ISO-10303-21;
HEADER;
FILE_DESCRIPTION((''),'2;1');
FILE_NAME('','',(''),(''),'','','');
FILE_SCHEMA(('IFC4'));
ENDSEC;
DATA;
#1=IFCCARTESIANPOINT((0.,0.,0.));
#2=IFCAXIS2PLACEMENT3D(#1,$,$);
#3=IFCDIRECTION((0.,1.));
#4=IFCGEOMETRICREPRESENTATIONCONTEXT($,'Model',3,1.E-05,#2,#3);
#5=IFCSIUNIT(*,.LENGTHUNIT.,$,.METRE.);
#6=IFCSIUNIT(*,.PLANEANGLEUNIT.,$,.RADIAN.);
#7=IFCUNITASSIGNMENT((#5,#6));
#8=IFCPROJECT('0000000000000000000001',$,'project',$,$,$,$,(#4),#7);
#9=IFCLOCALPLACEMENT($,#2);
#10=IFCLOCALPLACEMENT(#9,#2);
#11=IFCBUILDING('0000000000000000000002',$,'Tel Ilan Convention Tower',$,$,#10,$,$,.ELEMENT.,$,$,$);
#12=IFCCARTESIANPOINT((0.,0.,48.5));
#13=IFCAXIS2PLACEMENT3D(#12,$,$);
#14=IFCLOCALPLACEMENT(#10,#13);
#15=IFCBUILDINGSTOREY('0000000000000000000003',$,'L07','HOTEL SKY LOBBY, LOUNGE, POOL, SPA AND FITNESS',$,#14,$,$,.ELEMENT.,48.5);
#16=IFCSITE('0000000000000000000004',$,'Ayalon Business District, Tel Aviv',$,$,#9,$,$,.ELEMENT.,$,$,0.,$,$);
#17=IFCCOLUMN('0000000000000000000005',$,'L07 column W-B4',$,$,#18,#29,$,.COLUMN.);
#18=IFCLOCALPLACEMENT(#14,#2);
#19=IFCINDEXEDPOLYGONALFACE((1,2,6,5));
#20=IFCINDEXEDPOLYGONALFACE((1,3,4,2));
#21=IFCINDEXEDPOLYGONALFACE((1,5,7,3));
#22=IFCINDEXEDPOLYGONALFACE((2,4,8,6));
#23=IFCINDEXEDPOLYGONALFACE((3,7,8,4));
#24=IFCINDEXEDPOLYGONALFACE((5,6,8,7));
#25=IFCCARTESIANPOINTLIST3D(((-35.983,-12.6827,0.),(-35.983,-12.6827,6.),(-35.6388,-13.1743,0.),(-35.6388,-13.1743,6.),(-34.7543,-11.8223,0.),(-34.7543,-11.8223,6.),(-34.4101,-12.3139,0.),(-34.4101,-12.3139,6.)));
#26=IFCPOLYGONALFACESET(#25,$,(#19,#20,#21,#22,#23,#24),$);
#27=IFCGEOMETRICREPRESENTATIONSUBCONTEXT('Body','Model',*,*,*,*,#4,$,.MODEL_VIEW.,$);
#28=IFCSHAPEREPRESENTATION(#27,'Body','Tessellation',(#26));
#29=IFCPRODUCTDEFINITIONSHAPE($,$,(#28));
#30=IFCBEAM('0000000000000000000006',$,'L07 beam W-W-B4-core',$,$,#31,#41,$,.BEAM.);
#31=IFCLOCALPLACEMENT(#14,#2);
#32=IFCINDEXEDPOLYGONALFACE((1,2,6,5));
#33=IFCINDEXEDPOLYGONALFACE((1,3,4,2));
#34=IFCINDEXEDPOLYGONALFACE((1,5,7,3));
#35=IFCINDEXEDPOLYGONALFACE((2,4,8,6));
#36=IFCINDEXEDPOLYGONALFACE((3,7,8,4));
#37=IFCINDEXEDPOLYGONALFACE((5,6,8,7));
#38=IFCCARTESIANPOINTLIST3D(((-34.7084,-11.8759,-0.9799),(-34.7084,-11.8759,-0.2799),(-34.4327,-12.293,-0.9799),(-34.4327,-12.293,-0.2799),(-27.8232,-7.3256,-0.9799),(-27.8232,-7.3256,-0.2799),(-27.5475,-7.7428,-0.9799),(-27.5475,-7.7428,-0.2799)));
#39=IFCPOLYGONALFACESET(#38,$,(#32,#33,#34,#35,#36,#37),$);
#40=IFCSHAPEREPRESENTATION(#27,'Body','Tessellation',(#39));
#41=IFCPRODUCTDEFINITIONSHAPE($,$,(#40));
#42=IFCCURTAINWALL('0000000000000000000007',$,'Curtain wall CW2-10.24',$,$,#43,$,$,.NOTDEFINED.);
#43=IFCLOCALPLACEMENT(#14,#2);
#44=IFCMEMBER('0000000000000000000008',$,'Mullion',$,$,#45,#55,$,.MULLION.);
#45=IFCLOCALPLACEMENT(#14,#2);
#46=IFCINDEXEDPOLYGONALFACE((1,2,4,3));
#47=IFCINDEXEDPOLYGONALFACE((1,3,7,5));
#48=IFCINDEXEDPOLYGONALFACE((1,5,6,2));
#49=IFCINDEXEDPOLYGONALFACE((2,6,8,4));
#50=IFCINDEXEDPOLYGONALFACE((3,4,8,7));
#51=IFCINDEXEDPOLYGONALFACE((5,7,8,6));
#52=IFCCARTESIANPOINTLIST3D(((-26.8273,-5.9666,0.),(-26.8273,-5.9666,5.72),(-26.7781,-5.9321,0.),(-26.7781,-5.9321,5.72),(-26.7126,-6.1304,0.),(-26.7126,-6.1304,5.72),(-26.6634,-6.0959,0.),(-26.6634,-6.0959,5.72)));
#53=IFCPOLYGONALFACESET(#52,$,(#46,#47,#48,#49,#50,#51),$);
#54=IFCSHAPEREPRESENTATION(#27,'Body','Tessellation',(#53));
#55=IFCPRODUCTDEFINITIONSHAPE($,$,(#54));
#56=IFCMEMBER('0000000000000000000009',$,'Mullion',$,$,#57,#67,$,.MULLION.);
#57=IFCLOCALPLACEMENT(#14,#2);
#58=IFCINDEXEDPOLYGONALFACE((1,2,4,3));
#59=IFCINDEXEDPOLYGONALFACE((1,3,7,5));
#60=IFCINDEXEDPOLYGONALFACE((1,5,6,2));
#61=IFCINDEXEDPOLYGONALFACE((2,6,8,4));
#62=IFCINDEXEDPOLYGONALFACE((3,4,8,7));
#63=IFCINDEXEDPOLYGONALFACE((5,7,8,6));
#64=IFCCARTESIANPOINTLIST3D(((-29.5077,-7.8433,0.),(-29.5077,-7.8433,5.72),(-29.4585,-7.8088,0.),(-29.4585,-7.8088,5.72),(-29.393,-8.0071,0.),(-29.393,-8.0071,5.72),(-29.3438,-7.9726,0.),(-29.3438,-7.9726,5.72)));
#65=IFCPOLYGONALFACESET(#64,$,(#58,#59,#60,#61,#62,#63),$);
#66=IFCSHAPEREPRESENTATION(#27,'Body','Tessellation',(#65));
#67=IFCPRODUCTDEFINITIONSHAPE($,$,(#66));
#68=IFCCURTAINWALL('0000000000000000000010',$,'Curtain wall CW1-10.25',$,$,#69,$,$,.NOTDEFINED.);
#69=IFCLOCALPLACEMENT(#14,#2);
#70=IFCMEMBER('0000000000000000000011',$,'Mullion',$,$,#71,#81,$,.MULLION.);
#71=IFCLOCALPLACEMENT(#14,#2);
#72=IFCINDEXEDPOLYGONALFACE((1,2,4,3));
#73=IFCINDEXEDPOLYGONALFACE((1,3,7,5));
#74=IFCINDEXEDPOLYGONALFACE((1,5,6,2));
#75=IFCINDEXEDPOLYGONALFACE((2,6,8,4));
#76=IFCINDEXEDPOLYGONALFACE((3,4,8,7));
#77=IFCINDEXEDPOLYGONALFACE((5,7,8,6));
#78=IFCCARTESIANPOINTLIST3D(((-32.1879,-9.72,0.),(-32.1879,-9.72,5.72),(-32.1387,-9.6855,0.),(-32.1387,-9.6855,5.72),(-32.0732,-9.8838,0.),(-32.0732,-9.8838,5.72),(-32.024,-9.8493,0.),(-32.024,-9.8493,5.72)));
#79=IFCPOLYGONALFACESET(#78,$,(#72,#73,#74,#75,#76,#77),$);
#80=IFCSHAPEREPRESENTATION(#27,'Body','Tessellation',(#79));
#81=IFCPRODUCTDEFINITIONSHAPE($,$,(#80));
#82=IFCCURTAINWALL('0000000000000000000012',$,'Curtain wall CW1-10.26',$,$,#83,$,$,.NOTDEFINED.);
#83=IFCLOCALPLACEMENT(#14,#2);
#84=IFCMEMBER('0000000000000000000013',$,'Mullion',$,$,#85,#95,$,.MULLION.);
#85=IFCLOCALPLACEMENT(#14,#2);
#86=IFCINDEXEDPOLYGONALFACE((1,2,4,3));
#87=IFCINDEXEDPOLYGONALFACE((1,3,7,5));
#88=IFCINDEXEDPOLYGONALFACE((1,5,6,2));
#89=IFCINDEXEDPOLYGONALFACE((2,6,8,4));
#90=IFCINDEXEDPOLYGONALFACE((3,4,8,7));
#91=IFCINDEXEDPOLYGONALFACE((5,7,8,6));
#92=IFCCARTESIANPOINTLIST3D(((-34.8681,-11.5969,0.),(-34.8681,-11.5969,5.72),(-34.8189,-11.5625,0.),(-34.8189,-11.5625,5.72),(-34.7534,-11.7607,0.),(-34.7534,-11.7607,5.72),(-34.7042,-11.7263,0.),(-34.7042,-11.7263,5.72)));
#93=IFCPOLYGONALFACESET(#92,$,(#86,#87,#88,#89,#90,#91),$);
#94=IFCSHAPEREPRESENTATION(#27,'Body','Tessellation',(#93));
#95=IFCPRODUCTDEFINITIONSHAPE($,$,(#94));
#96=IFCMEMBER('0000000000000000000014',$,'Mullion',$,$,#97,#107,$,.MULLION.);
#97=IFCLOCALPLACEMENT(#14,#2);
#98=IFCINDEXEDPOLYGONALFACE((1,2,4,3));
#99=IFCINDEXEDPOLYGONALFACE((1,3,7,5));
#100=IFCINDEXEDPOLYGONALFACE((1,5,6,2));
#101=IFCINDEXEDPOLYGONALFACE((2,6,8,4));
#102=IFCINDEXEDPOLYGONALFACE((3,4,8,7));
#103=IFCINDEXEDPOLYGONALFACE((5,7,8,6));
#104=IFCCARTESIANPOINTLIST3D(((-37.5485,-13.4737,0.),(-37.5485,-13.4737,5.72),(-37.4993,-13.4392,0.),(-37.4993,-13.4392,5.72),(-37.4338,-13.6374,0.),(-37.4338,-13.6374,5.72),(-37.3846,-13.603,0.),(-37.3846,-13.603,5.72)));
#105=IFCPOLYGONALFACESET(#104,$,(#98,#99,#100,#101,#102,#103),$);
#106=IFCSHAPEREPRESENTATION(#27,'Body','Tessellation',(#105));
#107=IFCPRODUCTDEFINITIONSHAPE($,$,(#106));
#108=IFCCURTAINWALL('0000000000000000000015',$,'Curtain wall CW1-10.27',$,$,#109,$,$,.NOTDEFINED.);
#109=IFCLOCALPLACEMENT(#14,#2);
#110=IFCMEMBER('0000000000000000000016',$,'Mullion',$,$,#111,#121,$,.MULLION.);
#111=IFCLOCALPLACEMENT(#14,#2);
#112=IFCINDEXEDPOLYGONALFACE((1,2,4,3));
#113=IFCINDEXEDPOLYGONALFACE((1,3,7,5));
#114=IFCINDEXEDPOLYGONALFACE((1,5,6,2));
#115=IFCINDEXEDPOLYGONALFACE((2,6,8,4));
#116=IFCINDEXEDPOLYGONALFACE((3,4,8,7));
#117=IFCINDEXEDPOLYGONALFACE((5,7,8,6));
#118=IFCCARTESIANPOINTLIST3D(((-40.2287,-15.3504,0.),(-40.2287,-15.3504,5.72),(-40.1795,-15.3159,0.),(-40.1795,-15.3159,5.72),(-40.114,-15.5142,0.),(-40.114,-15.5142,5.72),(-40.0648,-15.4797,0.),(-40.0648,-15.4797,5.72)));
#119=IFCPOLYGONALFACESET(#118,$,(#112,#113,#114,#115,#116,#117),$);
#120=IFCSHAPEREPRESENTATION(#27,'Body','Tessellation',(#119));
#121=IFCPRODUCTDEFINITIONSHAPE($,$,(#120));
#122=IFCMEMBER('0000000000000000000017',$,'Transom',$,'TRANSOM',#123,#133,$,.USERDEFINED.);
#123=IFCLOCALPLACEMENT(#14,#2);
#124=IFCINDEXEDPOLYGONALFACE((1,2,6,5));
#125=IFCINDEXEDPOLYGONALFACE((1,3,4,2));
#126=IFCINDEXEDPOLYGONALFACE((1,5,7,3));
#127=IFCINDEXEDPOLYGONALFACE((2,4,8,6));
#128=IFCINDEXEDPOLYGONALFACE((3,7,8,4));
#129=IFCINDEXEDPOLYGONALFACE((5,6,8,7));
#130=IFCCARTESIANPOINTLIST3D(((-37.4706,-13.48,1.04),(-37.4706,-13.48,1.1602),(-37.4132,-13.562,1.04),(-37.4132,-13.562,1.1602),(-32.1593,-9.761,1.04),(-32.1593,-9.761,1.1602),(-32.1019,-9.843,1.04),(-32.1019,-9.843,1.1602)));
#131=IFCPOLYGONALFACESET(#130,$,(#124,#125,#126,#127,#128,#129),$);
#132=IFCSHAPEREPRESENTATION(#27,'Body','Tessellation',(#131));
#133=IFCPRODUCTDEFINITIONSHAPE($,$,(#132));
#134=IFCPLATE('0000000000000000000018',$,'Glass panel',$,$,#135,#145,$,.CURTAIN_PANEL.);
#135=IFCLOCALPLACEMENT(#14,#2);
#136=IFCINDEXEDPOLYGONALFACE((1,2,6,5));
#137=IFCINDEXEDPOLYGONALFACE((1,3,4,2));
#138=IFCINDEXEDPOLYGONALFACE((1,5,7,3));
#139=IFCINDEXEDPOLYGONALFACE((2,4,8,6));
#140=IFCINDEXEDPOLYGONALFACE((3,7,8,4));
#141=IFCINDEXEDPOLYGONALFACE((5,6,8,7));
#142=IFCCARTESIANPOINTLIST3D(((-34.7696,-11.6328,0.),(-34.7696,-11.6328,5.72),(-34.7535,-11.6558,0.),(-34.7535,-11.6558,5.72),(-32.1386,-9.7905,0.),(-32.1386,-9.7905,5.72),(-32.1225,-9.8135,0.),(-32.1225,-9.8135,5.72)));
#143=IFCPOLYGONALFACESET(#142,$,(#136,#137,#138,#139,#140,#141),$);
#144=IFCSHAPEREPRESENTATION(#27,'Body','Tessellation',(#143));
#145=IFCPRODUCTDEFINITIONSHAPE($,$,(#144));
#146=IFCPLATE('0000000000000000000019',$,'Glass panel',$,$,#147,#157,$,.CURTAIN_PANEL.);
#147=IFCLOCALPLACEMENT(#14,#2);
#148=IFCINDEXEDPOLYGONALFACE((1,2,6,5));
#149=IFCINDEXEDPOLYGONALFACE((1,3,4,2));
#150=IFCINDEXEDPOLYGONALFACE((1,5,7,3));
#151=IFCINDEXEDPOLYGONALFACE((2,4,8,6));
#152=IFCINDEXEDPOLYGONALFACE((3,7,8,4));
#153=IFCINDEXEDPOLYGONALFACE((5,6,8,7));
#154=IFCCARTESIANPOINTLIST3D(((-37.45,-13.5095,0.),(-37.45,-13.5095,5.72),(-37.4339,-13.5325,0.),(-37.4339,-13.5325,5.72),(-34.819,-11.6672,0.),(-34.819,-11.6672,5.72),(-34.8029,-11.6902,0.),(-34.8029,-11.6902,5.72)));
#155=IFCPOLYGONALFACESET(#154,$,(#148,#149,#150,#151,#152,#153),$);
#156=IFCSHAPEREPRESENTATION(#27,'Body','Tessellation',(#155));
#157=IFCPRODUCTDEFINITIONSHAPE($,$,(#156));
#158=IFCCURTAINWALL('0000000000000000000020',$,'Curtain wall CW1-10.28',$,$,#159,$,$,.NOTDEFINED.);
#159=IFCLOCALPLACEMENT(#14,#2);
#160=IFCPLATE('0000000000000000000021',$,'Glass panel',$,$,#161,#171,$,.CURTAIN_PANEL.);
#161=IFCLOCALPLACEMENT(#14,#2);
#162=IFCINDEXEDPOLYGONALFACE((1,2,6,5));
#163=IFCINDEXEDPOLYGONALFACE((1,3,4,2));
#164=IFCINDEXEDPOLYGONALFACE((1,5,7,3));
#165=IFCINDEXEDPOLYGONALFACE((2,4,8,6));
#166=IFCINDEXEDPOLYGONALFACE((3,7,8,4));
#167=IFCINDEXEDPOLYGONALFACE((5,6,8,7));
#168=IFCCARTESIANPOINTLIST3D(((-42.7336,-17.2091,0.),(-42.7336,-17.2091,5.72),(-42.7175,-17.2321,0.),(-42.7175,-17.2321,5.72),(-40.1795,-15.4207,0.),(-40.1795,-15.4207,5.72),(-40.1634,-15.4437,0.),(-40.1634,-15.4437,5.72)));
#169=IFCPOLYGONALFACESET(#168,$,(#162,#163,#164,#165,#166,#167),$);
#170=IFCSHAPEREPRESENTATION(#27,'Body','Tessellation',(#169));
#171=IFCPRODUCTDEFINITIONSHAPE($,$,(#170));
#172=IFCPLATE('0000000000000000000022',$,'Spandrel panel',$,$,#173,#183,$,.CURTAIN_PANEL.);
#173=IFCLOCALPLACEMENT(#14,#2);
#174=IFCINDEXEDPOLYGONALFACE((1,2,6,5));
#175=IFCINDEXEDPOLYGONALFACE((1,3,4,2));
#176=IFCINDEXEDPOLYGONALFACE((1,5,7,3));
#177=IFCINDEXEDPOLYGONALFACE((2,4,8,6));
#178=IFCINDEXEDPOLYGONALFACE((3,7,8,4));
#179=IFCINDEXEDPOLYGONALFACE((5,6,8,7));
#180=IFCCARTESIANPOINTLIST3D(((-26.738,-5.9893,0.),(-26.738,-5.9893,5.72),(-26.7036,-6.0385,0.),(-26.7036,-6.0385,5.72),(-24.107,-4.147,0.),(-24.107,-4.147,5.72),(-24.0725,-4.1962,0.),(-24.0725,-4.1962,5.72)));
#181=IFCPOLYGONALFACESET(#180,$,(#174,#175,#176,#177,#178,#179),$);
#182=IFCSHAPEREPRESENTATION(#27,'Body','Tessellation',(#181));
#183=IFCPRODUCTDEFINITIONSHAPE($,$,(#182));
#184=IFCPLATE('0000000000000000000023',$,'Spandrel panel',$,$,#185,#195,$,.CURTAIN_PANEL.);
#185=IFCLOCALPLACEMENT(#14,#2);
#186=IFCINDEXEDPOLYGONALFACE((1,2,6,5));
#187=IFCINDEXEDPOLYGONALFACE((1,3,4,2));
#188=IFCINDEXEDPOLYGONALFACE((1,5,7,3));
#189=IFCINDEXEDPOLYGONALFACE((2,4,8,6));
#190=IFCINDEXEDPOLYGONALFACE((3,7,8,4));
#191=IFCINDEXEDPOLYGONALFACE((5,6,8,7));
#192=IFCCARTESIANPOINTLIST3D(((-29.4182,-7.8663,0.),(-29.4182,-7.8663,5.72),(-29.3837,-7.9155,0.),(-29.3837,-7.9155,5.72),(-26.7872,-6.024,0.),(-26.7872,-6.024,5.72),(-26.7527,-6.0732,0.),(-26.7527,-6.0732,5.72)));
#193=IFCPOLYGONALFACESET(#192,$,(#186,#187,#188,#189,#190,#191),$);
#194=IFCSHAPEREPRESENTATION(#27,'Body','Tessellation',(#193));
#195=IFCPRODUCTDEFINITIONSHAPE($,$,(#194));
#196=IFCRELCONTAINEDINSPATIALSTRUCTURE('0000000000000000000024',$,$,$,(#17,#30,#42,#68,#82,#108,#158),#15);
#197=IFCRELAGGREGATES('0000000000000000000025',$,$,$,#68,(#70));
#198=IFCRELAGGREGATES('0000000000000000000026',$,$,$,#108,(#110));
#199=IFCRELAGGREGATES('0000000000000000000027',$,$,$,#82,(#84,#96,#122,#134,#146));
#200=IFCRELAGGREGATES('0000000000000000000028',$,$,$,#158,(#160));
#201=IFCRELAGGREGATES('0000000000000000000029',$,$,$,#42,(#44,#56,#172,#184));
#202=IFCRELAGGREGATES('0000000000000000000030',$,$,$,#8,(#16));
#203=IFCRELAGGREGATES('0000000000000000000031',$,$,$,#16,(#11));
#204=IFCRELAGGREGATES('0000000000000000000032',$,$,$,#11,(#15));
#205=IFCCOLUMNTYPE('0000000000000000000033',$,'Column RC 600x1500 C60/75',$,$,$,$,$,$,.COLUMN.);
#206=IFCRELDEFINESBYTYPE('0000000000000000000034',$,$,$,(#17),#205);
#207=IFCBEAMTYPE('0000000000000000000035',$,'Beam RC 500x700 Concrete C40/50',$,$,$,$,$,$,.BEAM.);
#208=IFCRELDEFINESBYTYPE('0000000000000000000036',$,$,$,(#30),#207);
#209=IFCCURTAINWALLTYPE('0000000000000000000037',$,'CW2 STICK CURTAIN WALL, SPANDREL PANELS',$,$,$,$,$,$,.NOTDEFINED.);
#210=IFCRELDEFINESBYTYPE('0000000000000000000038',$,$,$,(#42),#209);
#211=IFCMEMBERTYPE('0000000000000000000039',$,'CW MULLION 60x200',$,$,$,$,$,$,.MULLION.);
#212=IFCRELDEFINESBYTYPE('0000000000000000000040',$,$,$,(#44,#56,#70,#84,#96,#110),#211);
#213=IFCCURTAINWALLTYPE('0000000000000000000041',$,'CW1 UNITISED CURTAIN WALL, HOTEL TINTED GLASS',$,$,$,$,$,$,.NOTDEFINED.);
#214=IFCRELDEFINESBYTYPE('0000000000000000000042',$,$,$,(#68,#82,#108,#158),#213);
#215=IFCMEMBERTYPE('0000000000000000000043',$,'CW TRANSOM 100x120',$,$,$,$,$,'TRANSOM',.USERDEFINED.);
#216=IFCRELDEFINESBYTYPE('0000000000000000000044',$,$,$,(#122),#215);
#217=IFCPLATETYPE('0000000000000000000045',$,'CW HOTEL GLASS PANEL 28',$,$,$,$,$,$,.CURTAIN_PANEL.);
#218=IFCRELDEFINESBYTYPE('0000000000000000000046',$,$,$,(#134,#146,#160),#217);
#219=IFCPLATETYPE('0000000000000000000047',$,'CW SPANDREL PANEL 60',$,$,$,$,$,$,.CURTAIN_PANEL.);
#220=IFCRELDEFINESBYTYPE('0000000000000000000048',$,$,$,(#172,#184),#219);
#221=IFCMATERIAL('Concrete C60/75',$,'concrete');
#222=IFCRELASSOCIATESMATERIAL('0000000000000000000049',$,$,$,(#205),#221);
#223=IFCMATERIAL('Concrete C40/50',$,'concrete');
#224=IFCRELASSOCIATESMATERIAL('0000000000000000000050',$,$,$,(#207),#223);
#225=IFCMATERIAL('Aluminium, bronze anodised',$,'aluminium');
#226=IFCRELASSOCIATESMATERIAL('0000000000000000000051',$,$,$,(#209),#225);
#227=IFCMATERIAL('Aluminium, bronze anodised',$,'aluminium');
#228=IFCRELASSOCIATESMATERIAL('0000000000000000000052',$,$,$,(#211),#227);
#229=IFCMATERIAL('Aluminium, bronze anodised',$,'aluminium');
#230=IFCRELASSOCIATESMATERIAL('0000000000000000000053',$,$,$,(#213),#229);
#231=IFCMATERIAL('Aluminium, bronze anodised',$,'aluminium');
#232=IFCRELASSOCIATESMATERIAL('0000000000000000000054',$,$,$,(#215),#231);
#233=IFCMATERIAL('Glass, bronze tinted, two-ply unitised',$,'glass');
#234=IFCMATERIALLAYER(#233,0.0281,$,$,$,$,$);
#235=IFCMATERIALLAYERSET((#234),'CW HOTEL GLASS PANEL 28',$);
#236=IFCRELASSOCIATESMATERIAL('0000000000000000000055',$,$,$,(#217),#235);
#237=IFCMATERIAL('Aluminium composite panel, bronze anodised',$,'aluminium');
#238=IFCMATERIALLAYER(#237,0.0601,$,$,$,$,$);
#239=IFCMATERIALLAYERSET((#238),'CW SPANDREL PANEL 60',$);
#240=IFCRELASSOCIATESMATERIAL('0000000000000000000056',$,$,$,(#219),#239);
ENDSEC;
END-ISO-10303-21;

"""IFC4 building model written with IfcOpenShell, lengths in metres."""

from ifc_helpers import new_model, si_unit, direction, frame, origin, origin_2d, place, context, subcontext, project, spatial, rectangle, extrude, material, layer, layer_set, material_profile, profile_set, type_object, element, aggregate, save


model = new_model("IFC4")

# Units and contexts
model_context = context("Model", 3, precision=1e-05, world=origin(), true_north=direction((0.0, 1.0)))
body_context = subcontext(model_context, "Body", "Model", "MODEL_VIEW")
ifc_project = project(units=[si_unit("LENGTHUNIT", "METRE"), si_unit("PLANEANGLEUNIT", "RADIAN")], contexts=[model_context])

# Site, building, storey
site_placement = place(None, origin())
site = spatial("IfcSite", under=ifc_project, at=site_placement, Name="Ayalon Business District, Tel Aviv", CompositionType="ELEMENT", RefElevation=0.0)
building_placement = place(site_placement, origin())
building = spatial("IfcBuilding", under=site, at=building_placement, Name="Tel Ilan Convention Tower", CompositionType="ELEMENT")
storey_placement = place(building_placement, frame((0.0, 0.0, 48.5)))
storey = spatial("IfcBuildingStorey", under=building, at=storey_placement, Name="L07", Description="HOTEL SKY LOBBY, LOUNGE, POOL, SPA AND FITNESS", CompositionType="ELEMENT", Elevation=48.5)

# Column
ifc_material_1 = material(Name="Concrete C60/75", Category="concrete")
ifc_material_profile_1 = material_profile(ifc_material_1, rectangle(XDim=1.5, YDim=0.6001, at=origin_2d()), Name="RC 600x1500")
ifc_profile_set_1 = profile_set([ifc_material_profile_1], Name="Concrete C60/75")
column_type = type_object("IfcColumnType", Name="Column RC 600x1500 C60/75", PredefinedType="COLUMN", material=ifc_profile_set_1)
column_placement = place(storey_placement, frame((-35.1965, -12.4983, 0.0), z_axis=(0.0, 0.0, 1.0), x_axis=(-0.819152, -0.573576, 0.0)))
element("IfcColumn", 1, at=column_placement, inside=storey, type_object=column_type, Name="L07 column W-B4", PredefinedType="COLUMN", context=body_context, shape_type="SweptSolid", body=[
    extrude(rectangle(XDim=1.5, YDim=0.6001, at=origin_2d()), origin(), (0.0, 0.0, 1.0), 6.0),
])

# Beam
ifc_material_2 = material(Name="Concrete C40/50", Category="concrete")
ifc_material_profile_2 = material_profile(ifc_material_2, rectangle(XDim=0.5, YDim=0.7, at=origin_2d()), Name="RC 500x700")
ifc_profile_set_2 = profile_set([ifc_material_profile_2], Name="Concrete C40/50")
beam_type = type_object("IfcBeamType", Name="Beam RC 500x700 Concrete C40/50", PredefinedType="BEAM", material=ifc_profile_set_2)
beam_placement = place(storey_placement, frame((-34.5706, -12.0845, -0.6299), z_axis=(0.834274, 0.551351, 0.0), x_axis=(-0.551351, 0.834274, 0.0)))
element("IfcBeam", 2, at=beam_placement, inside=storey, type_object=beam_type, Name="L07 beam W-W-B4-core", PredefinedType="BEAM", context=body_context, shape_type="SweptSolid", body=[
    extrude(rectangle(XDim=0.5, YDim=0.7, at=origin_2d()), origin(), (0.0, 0.0, 1.0), 8.2529),
])

# Curtain wall, members
ifc_material_3 = material(Name="Aluminium, bronze anodised", Category="aluminium")
curtain_wall_type_1 = type_object("IfcCurtainWallType", Name="CW2 STICK CURTAIN WALL, SPANDREL PANELS", PredefinedType="NOTDEFINED", material=ifc_material_3)
curtain_wall_1_placement = place(storey_placement, origin())
curtain_wall_1 = element("IfcCurtainWall", 3, at=curtain_wall_1_placement, inside=storey, type_object=curtain_wall_type_1, Name="Curtain wall CW2-10.24", PredefinedType="NOTDEFINED")
ifc_material_4 = material(Name="Aluminium, bronze anodised", Category="aluminium")
ifc_material_profile_3 = material_profile(ifc_material_4, rectangle(XDim=0.0601, YDim=0.2, at=origin_2d()), Name="CW MULLION 60x200")
ifc_profile_set_3 = profile_set([ifc_material_profile_3], Name="Aluminium, bronze anodised")
member_type_1 = type_object("IfcMemberType", Name="CW MULLION 60x200", PredefinedType="MULLION", material=ifc_profile_set_3)
member_1_placement = place(storey_placement, frame((-26.7454, -6.0312, 0.0), z_axis=(0.0, 0.0, 1.0), x_axis=(-0.819152, -0.573576, 0.0)))
member_1 = element("IfcMember", 4, at=member_1_placement, type_object=member_type_1, Name="Mullion", PredefinedType="MULLION", context=body_context, shape_type="SweptSolid", body=[
    extrude(rectangle(XDim=0.0601, YDim=0.2, at=origin_2d()), origin(), (0.0, 0.0, 1.0), 5.72),
])
member_2_placement = place(storey_placement, frame((-29.4258, -7.908, 0.0), z_axis=(0.0, 0.0, 1.0), x_axis=(-0.819152, -0.573576, 0.0)))
member_2 = element("IfcMember", 5, at=member_2_placement, type_object=member_type_1, Name="Mullion", PredefinedType="MULLION", context=body_context, shape_type="SweptSolid", body=[
    extrude(rectangle(XDim=0.0601, YDim=0.2, at=origin_2d()), origin(), (0.0, 0.0, 1.0), 5.72),
])

# Curtain wall, member
ifc_material_5 = material(Name="Aluminium, bronze anodised", Category="aluminium")
curtain_wall_type_2 = type_object("IfcCurtainWallType", Name="CW1 UNITISED CURTAIN WALL, HOTEL TINTED GLASS", PredefinedType="NOTDEFINED", material=ifc_material_5)
curtain_wall_2_placement = place(storey_placement, origin())
curtain_wall_2 = element("IfcCurtainWall", 6, at=curtain_wall_2_placement, inside=storey, type_object=curtain_wall_type_2, Name="Curtain wall CW1-10.25", PredefinedType="NOTDEFINED")
member_3_placement = place(storey_placement, frame((-32.106, -9.7847, 0.0), z_axis=(0.0, 0.0, 1.0), x_axis=(-0.819152, -0.573576, 0.0)))
member_3 = element("IfcMember", 7, at=member_3_placement, type_object=member_type_1, Name="Mullion", PredefinedType="MULLION", context=body_context, shape_type="SweptSolid", body=[
    extrude(rectangle(XDim=0.0601, YDim=0.2, at=origin_2d()), origin(), (0.0, 0.0, 1.0), 5.72),
])
aggregate(curtain_wall_2, [member_3])

# Curtain wall, members
curtain_wall_3_placement = place(storey_placement, origin())
curtain_wall_3 = element("IfcCurtainWall", 8, at=curtain_wall_3_placement, inside=storey, type_object=curtain_wall_type_2, Name="Curtain wall CW1-10.26", PredefinedType="NOTDEFINED")
member_4_placement = place(storey_placement, frame((-34.7861, -11.6616, 0.0), z_axis=(0.0, 0.0, 1.0), x_axis=(-0.819152, -0.573576, 0.0)))
member_4 = element("IfcMember", 9, at=member_4_placement, type_object=member_type_1, Name="Mullion", PredefinedType="MULLION", context=body_context, shape_type="SweptSolid", body=[
    extrude(rectangle(XDim=0.0601, YDim=0.2, at=origin_2d()), origin(), (0.0, 0.0, 1.0), 5.72),
])
member_5_placement = place(storey_placement, frame((-37.4666, -13.5383, 0.0), z_axis=(0.0, 0.0, 1.0), x_axis=(-0.819152, -0.573576, 0.0)))
member_5 = element("IfcMember", 10, at=member_5_placement, type_object=member_type_1, Name="Mullion", PredefinedType="MULLION", context=body_context, shape_type="SweptSolid", body=[
    extrude(rectangle(XDim=0.0601, YDim=0.2, at=origin_2d()), origin(), (0.0, 0.0, 1.0), 5.72),
])

# Curtain wall, member
curtain_wall_4_placement = place(storey_placement, origin())
curtain_wall_4 = element("IfcCurtainWall", 11, at=curtain_wall_4_placement, inside=storey, type_object=curtain_wall_type_2, Name="Curtain wall CW1-10.27", PredefinedType="NOTDEFINED")
member_6_placement = place(storey_placement, frame((-40.1467, -15.415, 0.0), z_axis=(0.0, 0.0, 1.0), x_axis=(-0.819152, -0.573576, 0.0)))
member_6 = element("IfcMember", 12, at=member_6_placement, type_object=member_type_1, Name="Mullion", PredefinedType="MULLION", context=body_context, shape_type="SweptSolid", body=[
    extrude(rectangle(XDim=0.0601, YDim=0.2, at=origin_2d()), origin(), (0.0, 0.0, 1.0), 5.72),
])
aggregate(curtain_wall_4, [member_6])

# Member
ifc_material_6 = material(Name="Aluminium, bronze anodised", Category="aluminium")
ifc_material_profile_4 = material_profile(ifc_material_6, rectangle(XDim=0.1001, YDim=0.1201, at=origin_2d()), Name="CW TRANSOM 100x120")
ifc_profile_set_4 = profile_set([ifc_material_profile_4], Name="Aluminium, bronze anodised")
member_type_2 = type_object("IfcMemberType", Name="CW TRANSOM 100x120", ElementType="TRANSOM", PredefinedType="USERDEFINED", material=ifc_profile_set_4)
member_7_placement = place(storey_placement, frame((-32.1306, -9.802, 1.1001), z_axis=(-0.819152, -0.573576, 0.0), x_axis=(0.573576, -0.819152, 0.0)))
member_7 = element("IfcMember", 13, at=member_7_placement, type_object=member_type_2, Name="Transom", ObjectType="TRANSOM", PredefinedType="USERDEFINED", context=body_context, shape_type="SweptSolid", body=[
    extrude(rectangle(XDim=0.1001, YDim=0.1201, at=origin_2d()), origin(), (0.0, 0.0, 1.0), 6.4839),
])

# Plates
ifc_material_7 = material(Name="Glass, bronze tinted, two-ply unitised", Category="glass")
ifc_layer_1 = layer(ifc_material_7, 0.0281)
ifc_layer_set_1 = layer_set([ifc_layer_1], Name="CW HOTEL GLASS PANEL 28")
plate_type_1 = type_object("IfcPlateType", Name="CW HOTEL GLASS PANEL 28", PredefinedType="CURTAIN_PANEL", material=ifc_layer_set_1)
plate_1_placement = place(storey_placement, frame((-33.446, -10.7231, 0.0), z_axis=(0.0, 0.0, 1.0), x_axis=(-0.819152, -0.573576, 0.0)))
plate_1 = element("IfcPlate", 14, at=plate_1_placement, type_object=plate_type_1, Name="Glass panel", PredefinedType="CURTAIN_PANEL", context=body_context, shape_type="SweptSolid", body=[
    extrude(rectangle(XDim=3.2119, YDim=0.0281, at=origin_2d()), origin(), (0.0, 0.0, 1.0), 5.72),
])
plate_2_placement = place(storey_placement, frame((-36.1265, -12.5999, 0.0), z_axis=(0.0, 0.0, 1.0), x_axis=(-0.819152, -0.573576, 0.0)))
plate_2 = element("IfcPlate", 15, at=plate_2_placement, type_object=plate_type_1, Name="Glass panel", PredefinedType="CURTAIN_PANEL", context=body_context, shape_type="SweptSolid", body=[
    extrude(rectangle(XDim=3.2119, YDim=0.0281, at=origin_2d()), origin(), (0.0, 0.0, 1.0), 5.72),
])
aggregate(curtain_wall_3, [member_4, member_5, member_7, plate_1, plate_2])

# Curtain wall, plate
curtain_wall_5_placement = place(storey_placement, origin())
curtain_wall_5 = element("IfcCurtainWall", 16, at=curtain_wall_5_placement, inside=storey, type_object=curtain_wall_type_2, Name="Curtain wall CW1-10.28", PredefinedType="NOTDEFINED")
plate_3_placement = place(storey_placement, frame((-41.4485, -16.3264, 0.0), z_axis=(0.0, 0.0, 1.0), x_axis=(-0.819152, -0.573576, 0.0)))
plate_3 = element("IfcPlate", 17, at=plate_3_placement, type_object=plate_type_1, Name="Glass panel", PredefinedType="CURTAIN_PANEL", context=body_context, shape_type="SweptSolid", body=[
    extrude(rectangle(XDim=3.1179, YDim=0.0281, at=origin_2d()), origin(), (0.0, 0.0, 1.0), 5.72),
])
aggregate(curtain_wall_5, [plate_3])

# Plates
ifc_material_8 = material(Name="Aluminium composite panel, bronze anodised", Category="aluminium")
ifc_layer_2 = layer(ifc_material_8, 0.0601)
ifc_layer_set_2 = layer_set([ifc_layer_2], Name="CW SPANDREL PANEL 60")
plate_type_2 = type_object("IfcPlateType", Name="CW SPANDREL PANEL 60", PredefinedType="CURTAIN_PANEL", material=ifc_layer_set_2)
plate_4_placement = place(storey_placement, frame((-25.4053, -5.0928, 0.0), z_axis=(0.0, 0.0, 1.0), x_axis=(-0.819152, -0.573576, 0.0)))
plate_4 = element("IfcPlate", 18, at=plate_4_placement, type_object=plate_type_2, Name="Spandrel panel", PredefinedType="CURTAIN_PANEL", context=body_context, shape_type="SweptSolid", body=[
    extrude(rectangle(XDim=3.2119, YDim=0.0601, at=origin_2d()), origin(), (0.0, 0.0, 1.0), 5.72),
])
plate_5_placement = place(storey_placement, frame((-28.0854, -6.9697, 0.0), z_axis=(0.0, 0.0, 1.0), x_axis=(-0.819152, -0.573576, 0.0)))
plate_5 = element("IfcPlate", 19, at=plate_5_placement, type_object=plate_type_2, Name="Spandrel panel", PredefinedType="CURTAIN_PANEL", context=body_context, shape_type="SweptSolid", body=[
    extrude(rectangle(XDim=3.2119, YDim=0.0601, at=origin_2d()), origin(), (0.0, 0.0, 1.0), 5.72),
])
aggregate(curtain_wall_1, [member_1, member_2, plate_4, plate_5])

save(model, "model.ifc")
